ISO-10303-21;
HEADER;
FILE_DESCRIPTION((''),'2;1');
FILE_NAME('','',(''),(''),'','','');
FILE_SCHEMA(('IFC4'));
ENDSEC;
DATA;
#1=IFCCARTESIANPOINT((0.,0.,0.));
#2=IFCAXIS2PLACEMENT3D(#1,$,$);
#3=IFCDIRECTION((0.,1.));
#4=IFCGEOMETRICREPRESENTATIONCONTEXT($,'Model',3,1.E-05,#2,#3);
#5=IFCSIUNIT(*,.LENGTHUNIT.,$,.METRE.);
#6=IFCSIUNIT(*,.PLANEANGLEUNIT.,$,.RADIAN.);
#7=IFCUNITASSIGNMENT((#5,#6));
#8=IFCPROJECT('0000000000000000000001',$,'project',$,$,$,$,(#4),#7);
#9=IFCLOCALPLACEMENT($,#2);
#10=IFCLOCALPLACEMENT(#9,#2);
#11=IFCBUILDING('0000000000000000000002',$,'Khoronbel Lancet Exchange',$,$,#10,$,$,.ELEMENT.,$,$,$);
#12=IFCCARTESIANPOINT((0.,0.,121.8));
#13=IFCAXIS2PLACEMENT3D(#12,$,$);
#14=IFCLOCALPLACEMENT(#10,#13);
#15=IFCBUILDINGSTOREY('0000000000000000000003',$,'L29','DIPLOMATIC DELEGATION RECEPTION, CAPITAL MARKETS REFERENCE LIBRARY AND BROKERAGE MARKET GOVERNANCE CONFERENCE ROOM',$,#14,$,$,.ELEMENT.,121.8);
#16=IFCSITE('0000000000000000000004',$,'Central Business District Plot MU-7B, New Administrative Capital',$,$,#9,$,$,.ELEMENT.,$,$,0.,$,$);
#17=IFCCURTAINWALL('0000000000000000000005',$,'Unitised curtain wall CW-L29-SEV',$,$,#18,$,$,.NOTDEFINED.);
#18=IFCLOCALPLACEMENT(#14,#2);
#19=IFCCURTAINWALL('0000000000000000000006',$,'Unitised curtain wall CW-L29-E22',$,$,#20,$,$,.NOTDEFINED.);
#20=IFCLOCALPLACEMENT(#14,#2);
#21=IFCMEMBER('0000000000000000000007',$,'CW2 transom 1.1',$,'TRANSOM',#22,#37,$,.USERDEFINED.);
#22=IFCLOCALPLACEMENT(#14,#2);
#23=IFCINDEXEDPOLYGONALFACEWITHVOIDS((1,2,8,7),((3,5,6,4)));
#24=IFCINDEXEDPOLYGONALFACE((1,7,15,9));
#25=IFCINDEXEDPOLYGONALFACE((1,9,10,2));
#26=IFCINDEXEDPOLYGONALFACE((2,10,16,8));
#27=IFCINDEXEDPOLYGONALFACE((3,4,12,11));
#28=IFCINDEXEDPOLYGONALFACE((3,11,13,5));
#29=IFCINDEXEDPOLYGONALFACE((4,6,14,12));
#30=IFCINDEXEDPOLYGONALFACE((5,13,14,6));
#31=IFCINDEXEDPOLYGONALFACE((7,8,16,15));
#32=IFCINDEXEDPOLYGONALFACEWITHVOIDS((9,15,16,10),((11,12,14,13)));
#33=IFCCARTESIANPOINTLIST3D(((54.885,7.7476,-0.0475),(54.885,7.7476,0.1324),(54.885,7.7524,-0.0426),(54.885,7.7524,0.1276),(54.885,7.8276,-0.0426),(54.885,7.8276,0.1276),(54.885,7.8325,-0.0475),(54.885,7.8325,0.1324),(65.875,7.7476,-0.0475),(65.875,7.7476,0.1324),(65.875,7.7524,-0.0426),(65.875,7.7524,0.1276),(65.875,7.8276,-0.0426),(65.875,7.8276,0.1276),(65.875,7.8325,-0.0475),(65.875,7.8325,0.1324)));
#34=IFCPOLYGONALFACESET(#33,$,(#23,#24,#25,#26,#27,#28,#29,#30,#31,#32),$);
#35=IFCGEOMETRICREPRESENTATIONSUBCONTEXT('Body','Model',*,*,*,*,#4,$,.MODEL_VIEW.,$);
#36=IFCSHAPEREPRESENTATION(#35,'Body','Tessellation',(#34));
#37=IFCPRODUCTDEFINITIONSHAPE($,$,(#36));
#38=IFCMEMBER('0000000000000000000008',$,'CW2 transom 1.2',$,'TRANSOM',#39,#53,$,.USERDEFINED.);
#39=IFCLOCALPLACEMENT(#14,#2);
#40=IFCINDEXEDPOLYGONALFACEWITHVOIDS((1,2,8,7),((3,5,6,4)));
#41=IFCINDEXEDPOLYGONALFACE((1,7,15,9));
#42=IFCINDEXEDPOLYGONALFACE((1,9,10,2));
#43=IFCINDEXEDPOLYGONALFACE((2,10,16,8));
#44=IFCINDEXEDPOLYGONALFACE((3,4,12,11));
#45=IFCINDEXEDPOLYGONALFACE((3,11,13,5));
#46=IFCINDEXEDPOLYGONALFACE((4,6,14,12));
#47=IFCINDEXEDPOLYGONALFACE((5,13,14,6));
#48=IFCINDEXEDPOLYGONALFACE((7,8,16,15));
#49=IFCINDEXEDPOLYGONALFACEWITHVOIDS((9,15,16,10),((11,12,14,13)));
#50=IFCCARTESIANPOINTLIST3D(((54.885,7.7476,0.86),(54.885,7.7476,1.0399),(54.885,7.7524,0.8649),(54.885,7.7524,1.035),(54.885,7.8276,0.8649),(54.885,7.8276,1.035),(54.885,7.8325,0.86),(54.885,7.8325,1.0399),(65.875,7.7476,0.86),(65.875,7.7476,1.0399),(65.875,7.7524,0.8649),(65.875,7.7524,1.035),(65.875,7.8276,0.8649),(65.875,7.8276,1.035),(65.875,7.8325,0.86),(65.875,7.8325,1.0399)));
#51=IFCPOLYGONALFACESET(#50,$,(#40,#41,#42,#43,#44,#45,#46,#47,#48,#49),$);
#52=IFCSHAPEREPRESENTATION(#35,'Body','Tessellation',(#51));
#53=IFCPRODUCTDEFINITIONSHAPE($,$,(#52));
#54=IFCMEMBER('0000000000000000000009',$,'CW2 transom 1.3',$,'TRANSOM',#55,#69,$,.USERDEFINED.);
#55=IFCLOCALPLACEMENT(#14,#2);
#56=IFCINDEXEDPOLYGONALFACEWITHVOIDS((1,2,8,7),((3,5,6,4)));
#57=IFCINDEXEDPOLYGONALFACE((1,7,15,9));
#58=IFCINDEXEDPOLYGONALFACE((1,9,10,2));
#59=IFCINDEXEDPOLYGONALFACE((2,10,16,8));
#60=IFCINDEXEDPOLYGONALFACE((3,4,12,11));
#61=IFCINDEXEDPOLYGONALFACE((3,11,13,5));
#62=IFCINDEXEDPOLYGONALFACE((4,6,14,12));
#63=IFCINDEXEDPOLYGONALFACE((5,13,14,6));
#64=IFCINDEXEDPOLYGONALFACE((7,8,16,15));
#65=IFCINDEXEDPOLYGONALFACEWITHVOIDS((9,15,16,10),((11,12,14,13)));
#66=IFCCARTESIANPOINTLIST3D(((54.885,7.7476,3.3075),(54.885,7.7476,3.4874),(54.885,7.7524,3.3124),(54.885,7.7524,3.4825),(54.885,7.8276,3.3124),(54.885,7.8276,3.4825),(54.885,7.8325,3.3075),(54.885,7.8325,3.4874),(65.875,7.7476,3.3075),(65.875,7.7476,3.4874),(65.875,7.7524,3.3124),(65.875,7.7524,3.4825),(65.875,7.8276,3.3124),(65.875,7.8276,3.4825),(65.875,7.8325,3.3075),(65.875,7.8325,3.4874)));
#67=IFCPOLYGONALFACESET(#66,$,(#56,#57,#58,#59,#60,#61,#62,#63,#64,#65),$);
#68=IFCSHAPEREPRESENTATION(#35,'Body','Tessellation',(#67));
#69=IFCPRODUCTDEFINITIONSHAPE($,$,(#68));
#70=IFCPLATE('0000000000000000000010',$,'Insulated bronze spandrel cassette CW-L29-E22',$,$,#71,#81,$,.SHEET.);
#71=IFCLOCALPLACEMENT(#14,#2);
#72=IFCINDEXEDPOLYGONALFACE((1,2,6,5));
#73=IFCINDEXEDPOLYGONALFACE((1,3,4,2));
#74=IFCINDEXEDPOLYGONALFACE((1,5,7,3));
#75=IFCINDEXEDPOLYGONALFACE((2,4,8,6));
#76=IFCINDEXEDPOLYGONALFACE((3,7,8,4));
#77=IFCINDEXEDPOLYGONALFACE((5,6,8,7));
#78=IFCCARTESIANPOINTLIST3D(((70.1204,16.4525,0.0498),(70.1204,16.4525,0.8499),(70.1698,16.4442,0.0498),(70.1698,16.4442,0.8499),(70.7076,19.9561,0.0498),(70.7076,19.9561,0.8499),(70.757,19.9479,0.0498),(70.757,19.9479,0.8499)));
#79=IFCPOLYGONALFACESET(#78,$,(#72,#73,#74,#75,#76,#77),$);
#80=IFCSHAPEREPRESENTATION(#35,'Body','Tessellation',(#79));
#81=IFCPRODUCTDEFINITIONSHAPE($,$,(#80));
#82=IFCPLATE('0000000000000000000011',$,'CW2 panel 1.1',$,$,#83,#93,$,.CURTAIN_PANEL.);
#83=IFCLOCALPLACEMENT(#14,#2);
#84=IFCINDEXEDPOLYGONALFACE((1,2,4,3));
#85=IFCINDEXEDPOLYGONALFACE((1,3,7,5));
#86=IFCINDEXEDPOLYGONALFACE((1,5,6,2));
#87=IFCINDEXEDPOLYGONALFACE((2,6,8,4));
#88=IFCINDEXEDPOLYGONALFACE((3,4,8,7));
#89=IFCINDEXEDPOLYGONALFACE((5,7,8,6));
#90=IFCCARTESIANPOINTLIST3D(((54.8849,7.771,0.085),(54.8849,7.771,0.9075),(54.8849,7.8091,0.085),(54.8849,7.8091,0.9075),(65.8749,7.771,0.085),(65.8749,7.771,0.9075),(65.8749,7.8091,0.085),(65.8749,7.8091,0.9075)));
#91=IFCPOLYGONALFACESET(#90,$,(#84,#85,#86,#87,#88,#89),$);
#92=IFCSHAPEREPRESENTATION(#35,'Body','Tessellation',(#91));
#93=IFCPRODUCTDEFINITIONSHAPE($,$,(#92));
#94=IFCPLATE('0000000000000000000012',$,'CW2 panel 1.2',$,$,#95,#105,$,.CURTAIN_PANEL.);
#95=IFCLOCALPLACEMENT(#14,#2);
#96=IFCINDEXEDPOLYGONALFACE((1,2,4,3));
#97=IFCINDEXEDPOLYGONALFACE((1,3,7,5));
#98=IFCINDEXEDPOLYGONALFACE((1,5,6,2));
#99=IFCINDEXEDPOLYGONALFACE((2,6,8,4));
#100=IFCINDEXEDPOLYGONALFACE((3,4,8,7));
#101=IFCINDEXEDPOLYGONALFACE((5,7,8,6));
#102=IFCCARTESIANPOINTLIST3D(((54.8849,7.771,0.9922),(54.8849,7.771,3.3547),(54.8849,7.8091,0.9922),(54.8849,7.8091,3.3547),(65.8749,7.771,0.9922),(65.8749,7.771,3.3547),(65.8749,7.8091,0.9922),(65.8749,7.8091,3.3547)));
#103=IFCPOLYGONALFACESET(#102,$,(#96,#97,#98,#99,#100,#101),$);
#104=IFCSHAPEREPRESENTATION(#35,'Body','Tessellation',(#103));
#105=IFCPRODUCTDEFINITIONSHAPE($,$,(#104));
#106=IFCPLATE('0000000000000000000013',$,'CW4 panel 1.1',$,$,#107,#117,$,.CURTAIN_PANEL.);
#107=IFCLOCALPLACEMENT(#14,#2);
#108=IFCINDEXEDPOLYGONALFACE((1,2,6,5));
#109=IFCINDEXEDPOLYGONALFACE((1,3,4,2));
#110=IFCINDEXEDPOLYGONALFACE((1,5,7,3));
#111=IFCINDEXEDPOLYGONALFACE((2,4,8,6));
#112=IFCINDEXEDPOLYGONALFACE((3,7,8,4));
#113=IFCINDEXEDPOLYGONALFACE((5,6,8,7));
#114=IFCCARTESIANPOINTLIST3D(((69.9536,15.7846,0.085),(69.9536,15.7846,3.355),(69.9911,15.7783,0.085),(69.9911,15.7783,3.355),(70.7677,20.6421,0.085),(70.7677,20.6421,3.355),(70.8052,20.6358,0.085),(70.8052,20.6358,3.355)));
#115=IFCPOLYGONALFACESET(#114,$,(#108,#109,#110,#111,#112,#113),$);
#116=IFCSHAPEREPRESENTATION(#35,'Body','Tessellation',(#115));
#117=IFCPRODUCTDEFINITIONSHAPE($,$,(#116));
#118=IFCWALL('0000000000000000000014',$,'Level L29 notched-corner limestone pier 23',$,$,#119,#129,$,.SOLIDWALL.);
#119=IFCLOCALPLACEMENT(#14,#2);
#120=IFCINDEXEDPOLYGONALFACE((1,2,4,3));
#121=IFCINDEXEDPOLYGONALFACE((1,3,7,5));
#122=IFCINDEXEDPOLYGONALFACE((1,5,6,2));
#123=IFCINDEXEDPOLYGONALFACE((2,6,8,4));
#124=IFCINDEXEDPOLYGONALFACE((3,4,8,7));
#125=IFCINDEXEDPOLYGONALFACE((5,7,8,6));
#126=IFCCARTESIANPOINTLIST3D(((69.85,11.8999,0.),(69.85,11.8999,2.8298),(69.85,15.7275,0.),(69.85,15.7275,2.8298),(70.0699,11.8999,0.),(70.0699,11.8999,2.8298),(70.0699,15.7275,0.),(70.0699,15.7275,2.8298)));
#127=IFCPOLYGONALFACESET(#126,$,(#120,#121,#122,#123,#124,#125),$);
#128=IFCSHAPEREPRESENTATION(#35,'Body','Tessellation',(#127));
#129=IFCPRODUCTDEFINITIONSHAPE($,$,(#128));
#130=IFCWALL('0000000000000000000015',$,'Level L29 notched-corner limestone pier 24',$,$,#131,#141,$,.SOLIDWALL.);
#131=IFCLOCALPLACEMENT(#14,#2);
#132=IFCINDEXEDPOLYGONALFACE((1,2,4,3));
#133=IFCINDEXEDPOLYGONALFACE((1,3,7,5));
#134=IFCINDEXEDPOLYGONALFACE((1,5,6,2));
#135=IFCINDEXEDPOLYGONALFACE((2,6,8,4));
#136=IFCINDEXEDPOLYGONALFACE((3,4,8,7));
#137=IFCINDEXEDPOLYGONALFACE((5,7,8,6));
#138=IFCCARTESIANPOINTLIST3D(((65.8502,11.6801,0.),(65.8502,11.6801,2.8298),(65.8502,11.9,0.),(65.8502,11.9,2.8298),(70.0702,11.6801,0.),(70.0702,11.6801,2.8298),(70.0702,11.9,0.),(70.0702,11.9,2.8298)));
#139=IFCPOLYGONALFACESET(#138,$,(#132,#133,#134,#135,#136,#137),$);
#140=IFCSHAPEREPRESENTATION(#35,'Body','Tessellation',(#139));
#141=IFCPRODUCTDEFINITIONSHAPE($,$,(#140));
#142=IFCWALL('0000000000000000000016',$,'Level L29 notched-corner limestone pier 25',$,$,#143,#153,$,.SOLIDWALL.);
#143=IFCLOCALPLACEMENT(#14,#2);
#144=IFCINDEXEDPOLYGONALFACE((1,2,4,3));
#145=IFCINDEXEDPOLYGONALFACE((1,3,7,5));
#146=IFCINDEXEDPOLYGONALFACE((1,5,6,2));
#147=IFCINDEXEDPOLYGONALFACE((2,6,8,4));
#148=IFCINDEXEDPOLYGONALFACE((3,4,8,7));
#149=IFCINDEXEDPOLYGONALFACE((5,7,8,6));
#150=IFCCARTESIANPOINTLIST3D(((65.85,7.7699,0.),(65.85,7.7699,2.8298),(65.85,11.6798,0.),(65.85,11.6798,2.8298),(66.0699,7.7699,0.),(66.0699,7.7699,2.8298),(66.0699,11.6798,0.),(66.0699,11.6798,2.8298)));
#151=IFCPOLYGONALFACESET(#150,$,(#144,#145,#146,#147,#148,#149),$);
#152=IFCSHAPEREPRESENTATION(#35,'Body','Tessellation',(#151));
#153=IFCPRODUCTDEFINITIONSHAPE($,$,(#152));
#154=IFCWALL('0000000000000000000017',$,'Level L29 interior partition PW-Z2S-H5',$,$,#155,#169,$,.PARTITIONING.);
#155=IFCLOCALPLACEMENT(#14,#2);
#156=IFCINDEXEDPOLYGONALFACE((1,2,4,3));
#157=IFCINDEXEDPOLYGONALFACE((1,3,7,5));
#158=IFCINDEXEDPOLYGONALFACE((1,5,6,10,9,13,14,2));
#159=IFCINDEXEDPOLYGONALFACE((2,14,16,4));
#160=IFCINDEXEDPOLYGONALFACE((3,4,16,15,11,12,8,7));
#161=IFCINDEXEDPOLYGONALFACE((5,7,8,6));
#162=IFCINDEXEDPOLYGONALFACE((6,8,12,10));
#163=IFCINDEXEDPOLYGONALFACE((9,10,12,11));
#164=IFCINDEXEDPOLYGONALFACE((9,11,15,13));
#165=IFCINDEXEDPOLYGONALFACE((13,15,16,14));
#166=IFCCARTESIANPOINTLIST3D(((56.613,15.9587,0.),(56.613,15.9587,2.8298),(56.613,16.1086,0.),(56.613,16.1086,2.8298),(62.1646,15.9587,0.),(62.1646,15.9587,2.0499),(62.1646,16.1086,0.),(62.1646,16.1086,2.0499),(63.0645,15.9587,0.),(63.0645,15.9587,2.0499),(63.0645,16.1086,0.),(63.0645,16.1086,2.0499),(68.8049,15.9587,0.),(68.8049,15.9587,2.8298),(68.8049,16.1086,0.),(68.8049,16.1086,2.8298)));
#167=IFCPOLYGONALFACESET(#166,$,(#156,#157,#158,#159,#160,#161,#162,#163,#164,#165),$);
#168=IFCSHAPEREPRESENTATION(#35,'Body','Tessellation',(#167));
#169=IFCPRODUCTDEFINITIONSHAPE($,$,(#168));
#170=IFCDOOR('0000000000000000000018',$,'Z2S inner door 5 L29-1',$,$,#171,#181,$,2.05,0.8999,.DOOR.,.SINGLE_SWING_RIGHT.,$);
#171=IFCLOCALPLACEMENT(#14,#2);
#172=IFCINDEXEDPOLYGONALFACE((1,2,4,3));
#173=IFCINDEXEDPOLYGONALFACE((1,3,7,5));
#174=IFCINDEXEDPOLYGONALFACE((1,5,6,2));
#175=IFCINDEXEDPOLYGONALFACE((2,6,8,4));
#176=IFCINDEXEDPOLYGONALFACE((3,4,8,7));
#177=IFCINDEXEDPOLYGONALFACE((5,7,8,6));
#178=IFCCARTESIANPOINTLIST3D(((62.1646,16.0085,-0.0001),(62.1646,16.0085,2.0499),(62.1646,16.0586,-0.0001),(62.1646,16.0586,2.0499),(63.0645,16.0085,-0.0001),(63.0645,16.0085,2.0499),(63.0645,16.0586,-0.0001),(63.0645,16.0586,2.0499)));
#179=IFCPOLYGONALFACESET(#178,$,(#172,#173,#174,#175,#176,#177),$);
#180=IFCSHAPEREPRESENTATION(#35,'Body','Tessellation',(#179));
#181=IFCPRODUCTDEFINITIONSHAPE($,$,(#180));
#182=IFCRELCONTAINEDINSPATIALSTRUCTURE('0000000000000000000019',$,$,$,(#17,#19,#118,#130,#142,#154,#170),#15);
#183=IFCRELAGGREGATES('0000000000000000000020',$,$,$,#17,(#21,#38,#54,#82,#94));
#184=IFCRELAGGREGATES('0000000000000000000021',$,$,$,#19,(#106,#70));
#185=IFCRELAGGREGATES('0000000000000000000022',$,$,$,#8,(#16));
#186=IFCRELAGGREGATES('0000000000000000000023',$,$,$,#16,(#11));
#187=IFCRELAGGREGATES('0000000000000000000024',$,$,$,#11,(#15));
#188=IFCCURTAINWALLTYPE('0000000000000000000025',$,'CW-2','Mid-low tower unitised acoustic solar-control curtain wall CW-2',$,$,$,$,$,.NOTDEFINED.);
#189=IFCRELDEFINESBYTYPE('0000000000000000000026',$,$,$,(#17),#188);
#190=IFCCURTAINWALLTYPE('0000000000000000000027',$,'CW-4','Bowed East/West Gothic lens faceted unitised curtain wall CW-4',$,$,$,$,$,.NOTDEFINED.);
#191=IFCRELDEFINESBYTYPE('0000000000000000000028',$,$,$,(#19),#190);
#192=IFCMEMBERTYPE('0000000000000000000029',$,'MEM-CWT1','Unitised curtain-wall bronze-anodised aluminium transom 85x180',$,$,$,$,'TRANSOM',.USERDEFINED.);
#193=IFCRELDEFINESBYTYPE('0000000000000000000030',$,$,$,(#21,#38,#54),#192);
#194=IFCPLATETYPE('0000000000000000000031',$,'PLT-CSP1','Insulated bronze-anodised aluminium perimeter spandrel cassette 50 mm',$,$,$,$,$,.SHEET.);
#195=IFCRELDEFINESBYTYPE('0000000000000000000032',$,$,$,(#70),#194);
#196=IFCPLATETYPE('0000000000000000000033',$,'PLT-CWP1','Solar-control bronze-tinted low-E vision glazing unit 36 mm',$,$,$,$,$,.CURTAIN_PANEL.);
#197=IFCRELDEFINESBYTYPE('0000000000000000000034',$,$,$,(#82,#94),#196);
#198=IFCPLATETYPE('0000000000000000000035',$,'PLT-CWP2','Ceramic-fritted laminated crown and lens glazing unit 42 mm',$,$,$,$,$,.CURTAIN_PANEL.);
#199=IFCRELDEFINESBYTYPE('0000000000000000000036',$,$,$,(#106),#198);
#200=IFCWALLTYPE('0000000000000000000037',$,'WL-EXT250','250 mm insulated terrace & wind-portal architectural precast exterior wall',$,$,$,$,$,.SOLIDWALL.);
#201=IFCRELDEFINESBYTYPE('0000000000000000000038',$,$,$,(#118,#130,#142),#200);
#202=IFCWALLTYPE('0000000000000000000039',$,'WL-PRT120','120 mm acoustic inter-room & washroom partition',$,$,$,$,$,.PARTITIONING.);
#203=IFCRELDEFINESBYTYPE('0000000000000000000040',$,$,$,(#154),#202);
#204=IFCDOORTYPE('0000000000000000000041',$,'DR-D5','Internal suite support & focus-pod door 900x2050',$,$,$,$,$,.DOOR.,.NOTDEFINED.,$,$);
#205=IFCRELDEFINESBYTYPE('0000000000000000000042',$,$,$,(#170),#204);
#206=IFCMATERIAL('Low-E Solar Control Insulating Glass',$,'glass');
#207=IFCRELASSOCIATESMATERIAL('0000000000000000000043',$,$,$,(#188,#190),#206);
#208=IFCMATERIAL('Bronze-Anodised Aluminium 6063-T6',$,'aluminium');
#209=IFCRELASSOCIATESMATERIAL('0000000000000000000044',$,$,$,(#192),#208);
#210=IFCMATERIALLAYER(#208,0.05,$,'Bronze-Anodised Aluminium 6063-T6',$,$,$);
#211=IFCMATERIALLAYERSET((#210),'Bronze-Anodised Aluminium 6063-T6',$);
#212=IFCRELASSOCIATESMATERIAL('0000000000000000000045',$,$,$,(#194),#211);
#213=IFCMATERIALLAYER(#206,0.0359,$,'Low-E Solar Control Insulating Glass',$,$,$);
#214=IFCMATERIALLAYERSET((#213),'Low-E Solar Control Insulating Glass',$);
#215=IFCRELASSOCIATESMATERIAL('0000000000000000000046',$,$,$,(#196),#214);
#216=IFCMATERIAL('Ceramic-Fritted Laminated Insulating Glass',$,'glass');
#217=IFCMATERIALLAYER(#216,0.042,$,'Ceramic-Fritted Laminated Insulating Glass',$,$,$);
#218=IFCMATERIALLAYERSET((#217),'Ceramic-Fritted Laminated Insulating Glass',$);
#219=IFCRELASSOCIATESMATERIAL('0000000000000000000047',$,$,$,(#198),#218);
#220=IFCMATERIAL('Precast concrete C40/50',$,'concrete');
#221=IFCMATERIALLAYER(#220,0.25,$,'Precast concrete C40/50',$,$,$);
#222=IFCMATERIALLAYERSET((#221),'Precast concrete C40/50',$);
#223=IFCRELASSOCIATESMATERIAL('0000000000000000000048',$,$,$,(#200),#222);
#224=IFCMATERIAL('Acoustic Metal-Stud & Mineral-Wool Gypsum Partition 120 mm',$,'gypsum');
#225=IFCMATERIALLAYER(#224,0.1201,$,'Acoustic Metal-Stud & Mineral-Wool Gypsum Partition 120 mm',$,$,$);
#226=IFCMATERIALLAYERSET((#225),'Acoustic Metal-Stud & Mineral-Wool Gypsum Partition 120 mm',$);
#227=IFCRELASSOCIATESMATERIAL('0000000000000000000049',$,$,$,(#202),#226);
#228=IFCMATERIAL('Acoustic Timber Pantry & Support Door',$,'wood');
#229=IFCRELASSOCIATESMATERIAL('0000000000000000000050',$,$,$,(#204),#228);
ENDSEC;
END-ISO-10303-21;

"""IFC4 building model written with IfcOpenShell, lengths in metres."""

from ifc_helpers import new_model, si_unit, direction, frame, frame_2d, origin, origin_2d, place, context, subcontext, project, spatial, rectangle, hollow_rectangle, extrude, material, layer, layer_set, material_profile, profile_set, type_object, element, fill, aggregate, save


model = new_model("IFC4")

# Units and contexts
model_context = context("Model", 3, precision=1e-05, world=origin(), true_north=direction((0.0, 1.0)))
body_context = subcontext(model_context, "Body", "Model", "MODEL_VIEW")
ifc_project = project(units=[si_unit("LENGTHUNIT", "METRE"), si_unit("PLANEANGLEUNIT", "RADIAN")], contexts=[model_context])

# Site, building, storey
site_placement = place(None, origin())
site = spatial("IfcSite", under=ifc_project, at=site_placement, Name="Central Business District Plot MU-7B, New Administrative Capital", CompositionType="ELEMENT", RefElevation=0.0)
building_placement = place(site_placement, origin())
building = spatial("IfcBuilding", under=site, at=building_placement, Name="Khoronbel Lancet Exchange", CompositionType="ELEMENT")
storey_placement = place(building_placement, frame((0.0, 0.0, 121.8)))
storey = spatial("IfcBuildingStorey", under=building, at=storey_placement, Name="L29", Description="DIPLOMATIC DELEGATION RECEPTION, CAPITAL MARKETS REFERENCE LIBRARY AND BROKERAGE MARKET GOVERNANCE CONFERENCE ROOM", CompositionType="ELEMENT", Elevation=121.8)

# Shared definitions
ifc_material_1 = material(Name="Low-E Solar Control Insulating Glass", Category="glass")
curtain_wall_type_1 = type_object("IfcCurtainWallType", Name="CW-2", Description="Mid-low tower unitised acoustic solar-control curtain wall CW-2", PredefinedType="NOTDEFINED", material=ifc_material_1)
ifc_material_2 = material(Name="Bronze-Anodised Aluminium 6063-T6", Category="aluminium")

# Curtain walls
curtain_wall_1_placement = place(storey_placement, origin())
curtain_wall_1 = element("IfcCurtainWall", 1, at=curtain_wall_1_placement, inside=storey, type_object=curtain_wall_type_1, Name="Unitised curtain wall CW-L29-SEV", PredefinedType="NOTDEFINED")
curtain_wall_type_2 = type_object("IfcCurtainWallType", Name="CW-4", Description="Bowed East/West Gothic lens faceted unitised curtain wall CW-4", PredefinedType="NOTDEFINED", material=ifc_material_1)
curtain_wall_2_placement = place(storey_placement, origin())
curtain_wall_2 = element("IfcCurtainWall", 2, at=curtain_wall_2_placement, inside=storey, type_object=curtain_wall_type_2, Name="Unitised curtain wall CW-L29-E22", PredefinedType="NOTDEFINED")
ifc_material_profile_1 = material_profile(ifc_material_2, hollow_rectangle(XDim=0.085, YDim=0.1799, WallThickness=0.0049, at=origin_2d()), Name="ALU TRANSOM 85x180")
ifc_profile_set_1 = profile_set([ifc_material_profile_1], Name="Bronze-Anodised Aluminium 6063-T6")
member_type_1 = type_object("IfcMemberType", Name="MEM-CWT1", Description="Unitised curtain-wall bronze-anodised aluminium transom 85x180", ElementType="TRANSOM", PredefinedType="USERDEFINED", material=ifc_profile_set_1)

# Members
member_1_placement = place(storey_placement, frame((54.885, 7.79, 0.0425), z_axis=(1.0, 0.0, 0.0), x_axis=(0.0, 1.0, 0.0)))
member_1 = element("IfcMember", 3, at=member_1_placement, type_object=member_type_1, Name="CW2 transom 1.1", ObjectType="TRANSOM", PredefinedType="USERDEFINED", context=body_context, shape_type="SweptSolid", body=[
    extrude(hollow_rectangle(XDim=0.085, YDim=0.1799, WallThickness=0.0049, at=origin_2d()), origin(), (0.0, 0.0, 1.0), 10.99),
])
member_2_placement = place(storey_placement, frame((54.885, 7.79, 0.95), z_axis=(1.0, 0.0, 0.0), x_axis=(0.0, 1.0, 0.0)))
member_2 = element("IfcMember", 4, at=member_2_placement, type_object=member_type_1, Name="CW2 transom 1.2", ObjectType="TRANSOM", PredefinedType="USERDEFINED", context=body_context, shape_type="SweptSolid", body=[
    extrude(hollow_rectangle(XDim=0.085, YDim=0.1799, WallThickness=0.0049, at=origin_2d()), origin(), (0.0, 0.0, 1.0), 10.99),
])
member_3_placement = place(storey_placement, frame((54.885, 7.79, 3.3975), z_axis=(1.0, 0.0, 0.0), x_axis=(0.0, 1.0, 0.0)))
member_3 = element("IfcMember", 5, at=member_3_placement, type_object=member_type_1, Name="CW2 transom 1.3", ObjectType="TRANSOM", PredefinedType="USERDEFINED", context=body_context, shape_type="SweptSolid", body=[
    extrude(hollow_rectangle(XDim=0.085, YDim=0.1799, WallThickness=0.0049, at=origin_2d()), origin(), (0.0, 0.0, 1.0), 10.99),
])

# Plates
ifc_layer_1 = layer(ifc_material_2, 0.05, Name="Bronze-Anodised Aluminium 6063-T6")
ifc_layer_set_1 = layer_set([ifc_layer_1], Name="Bronze-Anodised Aluminium 6063-T6")
plate_type_1 = type_object("IfcPlateType", Name="PLT-CSP1", Description="Insulated bronze-anodised aluminium perimeter spandrel cassette 50 mm", PredefinedType="SHEET", material=ifc_layer_set_1)
plate_1_placement = place(storey_placement, frame((70.4387, 18.2002, 0.0498), z_axis=(0.0, 0.0, 1.0), x_axis=(-0.165294, -0.986244, 0.0)))
plate_1 = element("IfcPlate", 6, at=plate_1_placement, type_object=plate_type_1, Name="Insulated bronze spandrel cassette CW-L29-E22", PredefinedType="SHEET", context=body_context, shape_type="SweptSolid", body=[
    extrude(rectangle(XDim=3.5525, YDim=0.05, at=origin_2d()), origin(), (0.0, 0.0, 1.0), 0.8),
])
ifc_layer_2 = layer(ifc_material_1, 0.0359, Name="Low-E Solar Control Insulating Glass")
ifc_layer_set_2 = layer_set([ifc_layer_2], Name="Low-E Solar Control Insulating Glass")
plate_type_2 = type_object("IfcPlateType", Name="PLT-CWP1", Description="Solar-control bronze-tinted low-E vision glazing unit 36 mm", PredefinedType="CURTAIN_PANEL", material=ifc_layer_set_2)
plate_2_placement = place(storey_placement, frame((60.3799, 7.79, 0.085), z_axis=(0.0, 0.0, 1.0), x_axis=(1.0, 0.0, 0.0)))
plate_2 = element("IfcPlate", 7, at=plate_2_placement, type_object=plate_type_2, Name="CW2 panel 1.1", PredefinedType="CURTAIN_PANEL", context=body_context, shape_type="SweptSolid", body=[
    extrude(rectangle(XDim=10.99, YDim=0.0381, at=origin_2d()), origin(), (0.0, 0.0, 1.0), 0.8225),
])
plate_3_placement = place(storey_placement, frame((60.3799, 7.79, 0.9922), z_axis=(0.0, 0.0, 1.0), x_axis=(1.0, 0.0, 0.0)))
plate_3 = element("IfcPlate", 8, at=plate_3_placement, type_object=plate_type_2, Name="CW2 panel 1.2", PredefinedType="CURTAIN_PANEL", context=body_context, shape_type="SweptSolid", body=[
    extrude(rectangle(XDim=10.99, YDim=0.0381, at=origin_2d()), origin(), (0.0, 0.0, 1.0), 2.3625),
])
aggregate(curtain_wall_1, [member_1, member_2, member_3, plate_2, plate_3])
ifc_material_3 = material(Name="Ceramic-Fritted Laminated Insulating Glass", Category="glass")
ifc_layer_3 = layer(ifc_material_3, 0.042, Name="Ceramic-Fritted Laminated Insulating Glass")
ifc_layer_set_3 = layer_set([ifc_layer_3], Name="Ceramic-Fritted Laminated Insulating Glass")
plate_type_3 = type_object("IfcPlateType", Name="PLT-CWP2", Description="Ceramic-fritted laminated crown and lens glazing unit 42 mm", PredefinedType="CURTAIN_PANEL", material=ifc_layer_set_3)
plate_4_placement = place(storey_placement, frame((70.3794, 18.2102, 0.085), z_axis=(0.0, 0.0, 1.0), x_axis=(-0.165294, -0.986244, 0.0)))
plate_4 = element("IfcPlate", 9, at=plate_4_placement, type_object=plate_type_3, Name="CW4 panel 1.1", PredefinedType="CURTAIN_PANEL", context=body_context, shape_type="SweptSolid", body=[
    extrude(rectangle(XDim=4.9253, YDim=0.0381, at=origin_2d()), origin(), (0.0, 0.0, 1.0), 3.27),
])
aggregate(curtain_wall_2, [plate_4, plate_1])

# Walls
ifc_material_4 = material(Name="Precast concrete C40/50", Category="concrete")
ifc_layer_4 = layer(ifc_material_4, 0.25, Name="Precast concrete C40/50")
ifc_layer_set_4 = layer_set([ifc_layer_4], Name="Precast concrete C40/50")
wall_type_1 = type_object("IfcWallType", Name="WL-EXT250", Description="250 mm insulated terrace & wind-portal architectural precast exterior wall", PredefinedType="SOLIDWALL", material=ifc_layer_set_4)
wall_1_placement = place(storey_placement, frame((69.96, 15.7275, 0.0), z_axis=(0.0, 0.0, 1.0), x_axis=(0.0, -1.0, 0.0)))
element("IfcWall", 10, at=wall_1_placement, inside=storey, type_object=wall_type_1, Name="Level L29 notched-corner limestone pier 23", PredefinedType="SOLIDWALL", context=body_context, shape_type="SweptSolid", body=[
    extrude(rectangle(XDim=3.8276, YDim=0.22, at=frame_2d((1.9138, 0.0))), origin(), (0.0, 0.0, 1.0), 2.8298),
])
wall_2_placement = place(storey_placement, frame((70.0701, 11.79, 0.0), z_axis=(0.0, 0.0, 1.0), x_axis=(-1.0, 0.0, 0.0)))
element("IfcWall", 11, at=wall_2_placement, inside=storey, type_object=wall_type_1, Name="Level L29 notched-corner limestone pier 24", PredefinedType="SOLIDWALL", context=body_context, shape_type="SweptSolid", body=[
    extrude(rectangle(XDim=4.22, YDim=0.22, at=frame_2d((2.1099, 0.0))), origin(), (0.0, 0.0, 1.0), 2.8298),
])
wall_3_placement = place(storey_placement, frame((65.96, 11.6799, 0.0), z_axis=(0.0, 0.0, 1.0), x_axis=(0.0, -1.0, 0.0)))
element("IfcWall", 12, at=wall_3_placement, inside=storey, type_object=wall_type_1, Name="Level L29 notched-corner limestone pier 25", PredefinedType="SOLIDWALL", context=body_context, shape_type="SweptSolid", body=[
    extrude(rectangle(XDim=3.9099, YDim=0.22, at=frame_2d((1.9551, 0.0))), origin(), (0.0, 0.0, 1.0), 2.8298),
])

# Wall, opening, door
ifc_material_5 = material(Name="Acoustic Metal-Stud & Mineral-Wool Gypsum Partition 120 mm", Category="gypsum")
ifc_layer_5 = layer(ifc_material_5, 0.1201, Name="Acoustic Metal-Stud & Mineral-Wool Gypsum Partition 120 mm")
ifc_layer_set_5 = layer_set([ifc_layer_5], Name="Acoustic Metal-Stud & Mineral-Wool Gypsum Partition 120 mm")
wall_type_2 = type_object("IfcWallType", Name="WL-PRT120", Description="120 mm acoustic inter-room & washroom partition", PredefinedType="PARTITIONING", material=ifc_layer_set_5)
wall_4_placement = place(storey_placement, frame((56.613, 16.0337, 0.0), z_axis=(0.0, 0.0, 1.0), x_axis=(1.0, 0.0, 0.0)))
wall_4 = element("IfcWall", 13, at=wall_4_placement, inside=storey, type_object=wall_type_2, Name="Level L29 interior partition PW-Z2S-H5", PredefinedType="PARTITIONING", context=body_context, shape_type="SweptSolid", body=[
    extrude(rectangle(XDim=12.1919, YDim=0.1499, at=frame_2d((6.0959, 0.0))), origin(), (0.0, 0.0, 1.0), 2.8298),
])
opening_1_placement = place(wall_4_placement, frame((5.5515, 0.0, 0.0)))
opening_1 = element("IfcOpeningElement", 14, at=opening_1_placement, cuts=wall_4, PredefinedType="OPENING", context=body_context, shape_type="SweptSolid", body=[
    extrude(rectangle(XDim=0.8999, YDim=2.05, at=frame_2d((0.45, 1.0249))), frame((0.0, 0.085, 0.0), z_axis=(0.0, -1.0, 0.0), x_axis=(1.0, 0.0, 0.0)), (0.0, 0.0, 1.0), 0.1699),
])
ifc_material_6 = material(Name="Acoustic Timber Pantry & Support Door", Category="wood")
door_type_1 = type_object("IfcDoorType", Name="DR-D5", Description="Internal suite support & focus-pod door 900x2050", OperationType="NOTDEFINED", PredefinedType="DOOR", material=ifc_material_6)
door_1_placement = place(opening_1_placement, origin())
door_1 = element("IfcDoor", 15, at=door_1_placement, inside=storey, type_object=door_type_1, Name="Z2S inner door 5 L29-1", OperationType="SINGLE_SWING_RIGHT", OverallHeight=2.05, OverallWidth=0.8999, PredefinedType="DOOR", context=body_context, shape_type="SweptSolid", body=[
    extrude(rectangle(XDim=0.8999, YDim=2.05, at=frame_2d((0.45, 1.0249))), frame((0.0, 0.0249, 0.0), z_axis=(0.0, -1.0, 0.0), x_axis=(1.0, 0.0, 0.0)), (0.0, 0.0, 1.0), 0.05),
])
fill(opening_1, door_1)

save(model, "model.ifc")
